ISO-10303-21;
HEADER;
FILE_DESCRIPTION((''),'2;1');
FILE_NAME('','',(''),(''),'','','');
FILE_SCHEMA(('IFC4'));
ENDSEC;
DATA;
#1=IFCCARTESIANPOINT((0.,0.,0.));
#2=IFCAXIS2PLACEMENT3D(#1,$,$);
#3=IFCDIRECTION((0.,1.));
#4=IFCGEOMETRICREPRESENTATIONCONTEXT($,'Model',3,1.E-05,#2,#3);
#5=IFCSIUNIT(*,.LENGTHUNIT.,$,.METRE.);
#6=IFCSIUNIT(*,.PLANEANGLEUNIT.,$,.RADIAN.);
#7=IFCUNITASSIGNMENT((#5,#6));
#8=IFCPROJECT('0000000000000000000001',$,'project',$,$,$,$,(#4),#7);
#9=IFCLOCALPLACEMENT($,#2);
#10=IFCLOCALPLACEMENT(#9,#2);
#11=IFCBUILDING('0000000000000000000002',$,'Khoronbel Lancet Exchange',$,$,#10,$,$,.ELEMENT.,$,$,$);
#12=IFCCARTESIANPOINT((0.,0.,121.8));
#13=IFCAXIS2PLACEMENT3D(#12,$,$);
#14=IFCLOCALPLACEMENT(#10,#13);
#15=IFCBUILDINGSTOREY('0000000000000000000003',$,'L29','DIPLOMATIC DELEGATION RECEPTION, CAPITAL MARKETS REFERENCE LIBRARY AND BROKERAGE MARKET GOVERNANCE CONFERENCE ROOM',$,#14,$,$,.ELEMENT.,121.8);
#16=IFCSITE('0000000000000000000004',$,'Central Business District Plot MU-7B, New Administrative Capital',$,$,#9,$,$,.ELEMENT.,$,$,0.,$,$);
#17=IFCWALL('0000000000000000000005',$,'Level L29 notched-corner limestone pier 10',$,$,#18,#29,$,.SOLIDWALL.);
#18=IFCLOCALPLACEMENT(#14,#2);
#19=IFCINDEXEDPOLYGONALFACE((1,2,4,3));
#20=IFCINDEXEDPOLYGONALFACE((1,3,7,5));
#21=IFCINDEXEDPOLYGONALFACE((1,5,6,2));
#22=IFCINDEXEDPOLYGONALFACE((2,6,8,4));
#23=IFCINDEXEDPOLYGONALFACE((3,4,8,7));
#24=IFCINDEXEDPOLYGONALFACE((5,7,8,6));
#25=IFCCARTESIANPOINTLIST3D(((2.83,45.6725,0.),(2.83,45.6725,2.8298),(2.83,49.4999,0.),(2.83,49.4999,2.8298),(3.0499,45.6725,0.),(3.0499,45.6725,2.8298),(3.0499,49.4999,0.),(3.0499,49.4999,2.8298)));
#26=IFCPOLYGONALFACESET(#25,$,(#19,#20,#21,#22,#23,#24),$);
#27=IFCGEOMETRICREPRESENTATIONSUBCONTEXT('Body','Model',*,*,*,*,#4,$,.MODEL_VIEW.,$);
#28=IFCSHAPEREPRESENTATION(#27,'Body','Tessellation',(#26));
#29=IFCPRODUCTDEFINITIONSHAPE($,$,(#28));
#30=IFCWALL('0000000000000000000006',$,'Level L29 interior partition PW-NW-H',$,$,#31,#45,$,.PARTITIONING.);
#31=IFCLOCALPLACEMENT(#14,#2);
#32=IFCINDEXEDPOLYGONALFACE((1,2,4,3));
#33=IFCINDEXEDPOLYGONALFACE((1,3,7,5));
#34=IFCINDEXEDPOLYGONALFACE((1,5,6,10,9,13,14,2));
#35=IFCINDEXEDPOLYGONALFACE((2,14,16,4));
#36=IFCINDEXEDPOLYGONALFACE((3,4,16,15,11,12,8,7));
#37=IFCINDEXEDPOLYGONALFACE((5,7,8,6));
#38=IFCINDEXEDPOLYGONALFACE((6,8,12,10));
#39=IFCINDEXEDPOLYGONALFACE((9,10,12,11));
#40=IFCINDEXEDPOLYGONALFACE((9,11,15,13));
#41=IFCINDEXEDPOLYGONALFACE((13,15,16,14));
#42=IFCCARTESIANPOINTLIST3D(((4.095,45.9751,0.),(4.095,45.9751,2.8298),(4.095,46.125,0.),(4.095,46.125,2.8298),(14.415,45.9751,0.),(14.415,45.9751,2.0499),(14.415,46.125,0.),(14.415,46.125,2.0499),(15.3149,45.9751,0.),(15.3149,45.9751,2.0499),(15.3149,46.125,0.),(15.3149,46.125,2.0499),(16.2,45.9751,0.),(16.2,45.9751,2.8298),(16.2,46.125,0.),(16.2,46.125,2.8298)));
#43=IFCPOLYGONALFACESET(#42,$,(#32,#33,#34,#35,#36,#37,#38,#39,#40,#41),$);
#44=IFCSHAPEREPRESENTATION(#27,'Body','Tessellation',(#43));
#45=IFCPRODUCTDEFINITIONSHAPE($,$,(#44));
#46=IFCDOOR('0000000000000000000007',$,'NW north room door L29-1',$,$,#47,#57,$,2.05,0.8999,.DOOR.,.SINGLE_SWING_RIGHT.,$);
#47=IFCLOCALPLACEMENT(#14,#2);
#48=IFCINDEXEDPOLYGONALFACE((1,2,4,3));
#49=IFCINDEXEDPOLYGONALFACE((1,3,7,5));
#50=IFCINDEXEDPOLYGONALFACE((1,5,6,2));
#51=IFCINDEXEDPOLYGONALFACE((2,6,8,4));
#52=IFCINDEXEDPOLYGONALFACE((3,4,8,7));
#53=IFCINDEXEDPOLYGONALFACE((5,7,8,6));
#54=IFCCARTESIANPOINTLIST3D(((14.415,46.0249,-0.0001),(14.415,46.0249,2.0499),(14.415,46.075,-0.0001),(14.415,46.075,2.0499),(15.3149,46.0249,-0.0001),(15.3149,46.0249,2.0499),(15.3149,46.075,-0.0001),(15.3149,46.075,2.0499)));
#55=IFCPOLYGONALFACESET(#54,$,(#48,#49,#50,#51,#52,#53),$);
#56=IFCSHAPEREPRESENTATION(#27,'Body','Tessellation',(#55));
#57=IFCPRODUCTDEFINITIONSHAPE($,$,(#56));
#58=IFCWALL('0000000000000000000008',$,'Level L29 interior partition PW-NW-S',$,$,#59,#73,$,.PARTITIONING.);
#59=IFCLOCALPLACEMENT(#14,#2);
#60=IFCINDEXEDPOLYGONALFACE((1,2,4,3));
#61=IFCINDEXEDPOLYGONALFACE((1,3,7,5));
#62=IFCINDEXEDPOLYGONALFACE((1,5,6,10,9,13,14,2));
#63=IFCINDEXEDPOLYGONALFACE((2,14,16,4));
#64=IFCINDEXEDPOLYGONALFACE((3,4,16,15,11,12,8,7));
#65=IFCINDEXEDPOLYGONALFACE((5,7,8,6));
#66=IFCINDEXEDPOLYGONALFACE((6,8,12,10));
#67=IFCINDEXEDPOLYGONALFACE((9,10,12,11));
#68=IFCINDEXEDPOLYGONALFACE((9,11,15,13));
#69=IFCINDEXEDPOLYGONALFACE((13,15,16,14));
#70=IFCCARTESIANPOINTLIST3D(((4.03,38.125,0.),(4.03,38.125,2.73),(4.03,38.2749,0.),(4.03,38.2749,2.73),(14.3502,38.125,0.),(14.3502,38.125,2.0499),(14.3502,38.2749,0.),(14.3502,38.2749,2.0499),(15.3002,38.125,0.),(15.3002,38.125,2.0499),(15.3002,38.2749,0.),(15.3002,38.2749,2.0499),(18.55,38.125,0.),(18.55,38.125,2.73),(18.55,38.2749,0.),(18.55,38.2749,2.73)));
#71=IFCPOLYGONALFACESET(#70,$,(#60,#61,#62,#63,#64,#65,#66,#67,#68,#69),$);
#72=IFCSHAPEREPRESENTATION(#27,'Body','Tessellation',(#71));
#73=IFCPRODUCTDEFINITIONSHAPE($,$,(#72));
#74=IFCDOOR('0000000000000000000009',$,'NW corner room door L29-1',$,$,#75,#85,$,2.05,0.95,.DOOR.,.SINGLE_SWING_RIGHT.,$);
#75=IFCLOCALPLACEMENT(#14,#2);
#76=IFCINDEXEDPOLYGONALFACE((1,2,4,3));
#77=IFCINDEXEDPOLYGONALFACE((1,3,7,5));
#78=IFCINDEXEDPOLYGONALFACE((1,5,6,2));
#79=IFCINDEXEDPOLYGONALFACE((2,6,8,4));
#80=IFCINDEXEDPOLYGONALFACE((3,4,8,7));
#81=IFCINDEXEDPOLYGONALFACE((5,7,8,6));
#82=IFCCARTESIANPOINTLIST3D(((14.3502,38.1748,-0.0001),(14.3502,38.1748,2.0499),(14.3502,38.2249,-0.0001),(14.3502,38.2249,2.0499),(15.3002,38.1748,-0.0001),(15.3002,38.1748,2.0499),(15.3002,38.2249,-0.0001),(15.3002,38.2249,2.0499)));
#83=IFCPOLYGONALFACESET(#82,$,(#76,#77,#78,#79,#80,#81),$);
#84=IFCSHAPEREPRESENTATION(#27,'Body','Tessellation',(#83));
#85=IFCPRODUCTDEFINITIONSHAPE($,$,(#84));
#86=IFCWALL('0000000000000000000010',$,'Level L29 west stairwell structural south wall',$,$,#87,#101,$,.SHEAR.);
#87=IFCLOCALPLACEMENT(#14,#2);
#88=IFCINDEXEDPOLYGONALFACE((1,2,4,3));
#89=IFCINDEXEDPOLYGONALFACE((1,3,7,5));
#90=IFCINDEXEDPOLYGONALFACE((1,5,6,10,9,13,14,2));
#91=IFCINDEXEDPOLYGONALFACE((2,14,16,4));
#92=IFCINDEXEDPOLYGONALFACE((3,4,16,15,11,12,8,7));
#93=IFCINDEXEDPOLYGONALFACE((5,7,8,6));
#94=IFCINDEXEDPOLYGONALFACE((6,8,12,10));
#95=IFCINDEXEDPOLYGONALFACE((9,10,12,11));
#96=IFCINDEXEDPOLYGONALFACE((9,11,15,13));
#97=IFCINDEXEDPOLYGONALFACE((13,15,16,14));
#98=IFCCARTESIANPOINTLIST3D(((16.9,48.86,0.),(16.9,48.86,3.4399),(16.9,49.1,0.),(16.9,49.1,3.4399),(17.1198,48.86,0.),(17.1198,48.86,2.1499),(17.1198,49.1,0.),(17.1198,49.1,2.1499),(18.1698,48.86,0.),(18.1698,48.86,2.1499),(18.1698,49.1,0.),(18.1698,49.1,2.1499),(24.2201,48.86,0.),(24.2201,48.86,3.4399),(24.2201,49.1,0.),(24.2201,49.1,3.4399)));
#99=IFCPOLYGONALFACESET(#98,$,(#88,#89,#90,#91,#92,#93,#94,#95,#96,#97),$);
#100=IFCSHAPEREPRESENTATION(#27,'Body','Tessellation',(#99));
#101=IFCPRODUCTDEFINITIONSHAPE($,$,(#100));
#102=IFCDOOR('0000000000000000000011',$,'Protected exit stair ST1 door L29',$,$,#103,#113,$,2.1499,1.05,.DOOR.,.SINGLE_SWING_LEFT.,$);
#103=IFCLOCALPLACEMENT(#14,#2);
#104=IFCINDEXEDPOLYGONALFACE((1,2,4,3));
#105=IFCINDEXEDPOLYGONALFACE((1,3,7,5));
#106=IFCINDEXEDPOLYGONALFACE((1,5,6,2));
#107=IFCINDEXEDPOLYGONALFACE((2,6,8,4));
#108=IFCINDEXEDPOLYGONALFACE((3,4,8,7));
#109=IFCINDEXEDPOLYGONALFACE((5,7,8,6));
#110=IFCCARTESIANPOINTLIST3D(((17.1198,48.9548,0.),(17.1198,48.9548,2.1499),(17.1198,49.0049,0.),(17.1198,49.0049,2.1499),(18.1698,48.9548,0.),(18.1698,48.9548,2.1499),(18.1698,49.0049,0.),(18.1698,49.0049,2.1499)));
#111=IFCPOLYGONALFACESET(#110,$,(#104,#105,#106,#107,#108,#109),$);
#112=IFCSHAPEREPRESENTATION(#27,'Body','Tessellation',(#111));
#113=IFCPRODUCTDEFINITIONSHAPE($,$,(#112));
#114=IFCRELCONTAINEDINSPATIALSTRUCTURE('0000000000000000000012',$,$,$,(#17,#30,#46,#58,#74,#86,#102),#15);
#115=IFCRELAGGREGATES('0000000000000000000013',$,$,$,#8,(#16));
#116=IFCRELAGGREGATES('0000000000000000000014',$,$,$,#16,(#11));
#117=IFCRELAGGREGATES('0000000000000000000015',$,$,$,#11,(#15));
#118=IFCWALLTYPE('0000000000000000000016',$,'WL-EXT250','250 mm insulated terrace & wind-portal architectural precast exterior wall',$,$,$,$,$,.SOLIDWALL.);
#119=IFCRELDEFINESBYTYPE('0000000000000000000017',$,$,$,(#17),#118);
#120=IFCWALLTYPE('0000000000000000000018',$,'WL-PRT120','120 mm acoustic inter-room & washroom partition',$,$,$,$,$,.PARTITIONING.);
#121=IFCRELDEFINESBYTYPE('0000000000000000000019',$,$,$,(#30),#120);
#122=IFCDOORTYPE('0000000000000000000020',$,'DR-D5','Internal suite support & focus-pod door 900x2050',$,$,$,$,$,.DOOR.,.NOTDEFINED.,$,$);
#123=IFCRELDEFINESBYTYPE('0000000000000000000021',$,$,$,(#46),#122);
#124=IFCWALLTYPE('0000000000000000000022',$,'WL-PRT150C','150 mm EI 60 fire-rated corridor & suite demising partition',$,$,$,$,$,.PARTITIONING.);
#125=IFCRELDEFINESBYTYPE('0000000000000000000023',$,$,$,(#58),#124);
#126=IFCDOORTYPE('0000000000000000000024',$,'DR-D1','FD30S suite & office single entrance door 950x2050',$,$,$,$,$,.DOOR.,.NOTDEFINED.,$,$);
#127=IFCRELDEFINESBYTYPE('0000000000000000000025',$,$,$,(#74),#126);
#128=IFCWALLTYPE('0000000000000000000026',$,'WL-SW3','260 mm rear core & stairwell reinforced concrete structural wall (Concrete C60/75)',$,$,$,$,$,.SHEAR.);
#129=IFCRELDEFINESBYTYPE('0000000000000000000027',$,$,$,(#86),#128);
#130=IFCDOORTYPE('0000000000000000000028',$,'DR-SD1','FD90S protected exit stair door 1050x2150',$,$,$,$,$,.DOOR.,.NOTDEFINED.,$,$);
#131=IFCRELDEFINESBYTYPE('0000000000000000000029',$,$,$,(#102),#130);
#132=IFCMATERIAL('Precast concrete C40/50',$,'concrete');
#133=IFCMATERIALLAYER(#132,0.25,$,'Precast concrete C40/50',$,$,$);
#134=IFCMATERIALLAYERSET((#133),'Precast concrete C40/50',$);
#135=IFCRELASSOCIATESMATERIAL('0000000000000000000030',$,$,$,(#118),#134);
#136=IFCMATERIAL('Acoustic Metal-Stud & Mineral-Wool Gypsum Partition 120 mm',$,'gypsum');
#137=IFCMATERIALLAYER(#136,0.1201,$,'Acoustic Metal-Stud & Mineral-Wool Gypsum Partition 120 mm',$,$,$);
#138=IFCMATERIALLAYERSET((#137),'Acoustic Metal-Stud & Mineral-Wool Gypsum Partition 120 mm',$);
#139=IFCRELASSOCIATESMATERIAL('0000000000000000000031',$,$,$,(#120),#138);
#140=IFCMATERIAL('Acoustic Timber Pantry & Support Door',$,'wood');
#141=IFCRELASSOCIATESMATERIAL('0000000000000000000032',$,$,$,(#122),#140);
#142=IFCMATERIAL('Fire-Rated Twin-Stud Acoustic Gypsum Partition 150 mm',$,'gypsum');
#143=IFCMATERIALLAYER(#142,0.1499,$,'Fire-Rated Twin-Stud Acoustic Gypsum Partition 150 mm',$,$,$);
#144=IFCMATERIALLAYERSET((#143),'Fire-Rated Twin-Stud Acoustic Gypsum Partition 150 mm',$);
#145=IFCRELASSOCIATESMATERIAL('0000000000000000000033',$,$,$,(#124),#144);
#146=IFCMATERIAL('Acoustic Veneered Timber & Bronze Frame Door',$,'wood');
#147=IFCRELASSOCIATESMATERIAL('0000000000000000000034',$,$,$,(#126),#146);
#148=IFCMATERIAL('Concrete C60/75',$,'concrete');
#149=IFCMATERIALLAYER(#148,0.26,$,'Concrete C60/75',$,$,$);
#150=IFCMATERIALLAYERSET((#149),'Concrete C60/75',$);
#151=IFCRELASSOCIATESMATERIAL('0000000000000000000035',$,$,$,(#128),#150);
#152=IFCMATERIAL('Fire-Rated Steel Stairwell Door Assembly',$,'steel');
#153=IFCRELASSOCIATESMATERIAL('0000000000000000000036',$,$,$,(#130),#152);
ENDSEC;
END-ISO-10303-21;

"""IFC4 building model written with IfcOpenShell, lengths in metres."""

from ifc_helpers import new_model, si_unit, direction, frame, frame_2d, origin, place, context, subcontext, project, spatial, rectangle, extrude, material, layer, layer_set, type_object, element, fill, save


model = new_model("IFC4")

# Units and contexts
model_context = context("Model", 3, precision=1e-05, world=origin(), true_north=direction((0.0, 1.0)))
body_context = subcontext(model_context, "Body", "Model", "MODEL_VIEW")
ifc_project = project(units=[si_unit("LENGTHUNIT", "METRE"), si_unit("PLANEANGLEUNIT", "RADIAN")], contexts=[model_context])

# Site, building, storey
site_placement = place(None, origin())
site = spatial("IfcSite", under=ifc_project, at=site_placement, Name="Central Business District Plot MU-7B, New Administrative Capital", CompositionType="ELEMENT", RefElevation=0.0)
building_placement = place(site_placement, origin())
building = spatial("IfcBuilding", under=site, at=building_placement, Name="Khoronbel Lancet Exchange", CompositionType="ELEMENT")
storey_placement = place(building_placement, frame((0.0, 0.0, 121.8)))
storey = spatial("IfcBuildingStorey", under=building, at=storey_placement, Name="L29", Description="DIPLOMATIC DELEGATION RECEPTION, CAPITAL MARKETS REFERENCE LIBRARY AND BROKERAGE MARKET GOVERNANCE CONFERENCE ROOM", CompositionType="ELEMENT", Elevation=121.8)

# Wall
ifc_material_1 = material(Name="Precast concrete C40/50", Category="concrete")
ifc_layer_1 = layer(ifc_material_1, 0.25, Name="Precast concrete C40/50")
ifc_layer_set_1 = layer_set([ifc_layer_1], Name="Precast concrete C40/50")
wall_type_1 = type_object("IfcWallType", Name="WL-EXT250", Description="250 mm insulated terrace & wind-portal architectural precast exterior wall", PredefinedType="SOLIDWALL", material=ifc_layer_set_1)
wall_1_placement = place(storey_placement, frame((2.9399, 45.6726, 0.0), z_axis=(0.0, 0.0, 1.0), x_axis=(0.0, 1.0, 0.0)))
element("IfcWall", 1, at=wall_1_placement, inside=storey, type_object=wall_type_1, Name="Level L29 notched-corner limestone pier 10", PredefinedType="SOLIDWALL", context=body_context, shape_type="SweptSolid", body=[
    extrude(rectangle(XDim=3.8274, YDim=0.22, at=frame_2d((1.9136, 0.0))), origin(), (0.0, 0.0, 1.0), 2.8298),
])

# Walls, openings, doors
ifc_material_2 = material(Name="Acoustic Metal-Stud & Mineral-Wool Gypsum Partition 120 mm", Category="gypsum")
ifc_layer_2 = layer(ifc_material_2, 0.1201, Name="Acoustic Metal-Stud & Mineral-Wool Gypsum Partition 120 mm")
ifc_layer_set_2 = layer_set([ifc_layer_2], Name="Acoustic Metal-Stud & Mineral-Wool Gypsum Partition 120 mm")
wall_type_2 = type_object("IfcWallType", Name="WL-PRT120", Description="120 mm acoustic inter-room & washroom partition", PredefinedType="PARTITIONING", material=ifc_layer_set_2)
wall_2_placement = place(storey_placement, frame((4.095, 46.05, 0.0), z_axis=(0.0, 0.0, 1.0), x_axis=(1.0, 0.0, 0.0)))
wall_2 = element("IfcWall", 2, at=wall_2_placement, inside=storey, type_object=wall_type_2, Name="Level L29 interior partition PW-NW-H", PredefinedType="PARTITIONING", context=body_context, shape_type="SweptSolid", body=[
    extrude(rectangle(XDim=12.105, YDim=0.1499, at=frame_2d((6.0525, 0.0))), origin(), (0.0, 0.0, 1.0), 2.8298),
])
opening_1_placement = place(wall_2_placement, frame((10.3201, 0.0, 0.0)))
opening_1 = element("IfcOpeningElement", 3, at=opening_1_placement, cuts=wall_2, PredefinedType="OPENING", context=body_context, shape_type="SweptSolid", body=[
    extrude(rectangle(XDim=0.8999, YDim=2.05, at=frame_2d((0.45, 1.0249))), frame((0.0, 0.085, 0.0), z_axis=(0.0, -1.0, 0.0), x_axis=(1.0, 0.0, 0.0)), (0.0, 0.0, 1.0), 0.1699),
])
ifc_material_3 = material(Name="Acoustic Timber Pantry & Support Door", Category="wood")
door_type_1 = type_object("IfcDoorType", Name="DR-D5", Description="Internal suite support & focus-pod door 900x2050", OperationType="NOTDEFINED", PredefinedType="DOOR", material=ifc_material_3)
door_1_placement = place(opening_1_placement, origin())
door_1 = element("IfcDoor", 4, at=door_1_placement, inside=storey, type_object=door_type_1, Name="NW north room door L29-1", OperationType="SINGLE_SWING_RIGHT", OverallHeight=2.05, OverallWidth=0.8999, PredefinedType="DOOR", context=body_context, shape_type="SweptSolid", body=[
    extrude(rectangle(XDim=0.8999, YDim=2.05, at=frame_2d((0.45, 1.0249))), frame((0.0, 0.0249, 0.0), z_axis=(0.0, -1.0, 0.0), x_axis=(1.0, 0.0, 0.0)), (0.0, 0.0, 1.0), 0.05),
])
fill(opening_1, door_1)
ifc_material_4 = material(Name="Fire-Rated Twin-Stud Acoustic Gypsum Partition 150 mm", Category="gypsum")
ifc_layer_3 = layer(ifc_material_4, 0.1499, Name="Fire-Rated Twin-Stud Acoustic Gypsum Partition 150 mm")
ifc_layer_set_3 = layer_set([ifc_layer_3], Name="Fire-Rated Twin-Stud Acoustic Gypsum Partition 150 mm")
wall_type_3 = type_object("IfcWallType", Name="WL-PRT150C", Description="150 mm EI 60 fire-rated corridor & suite demising partition", PredefinedType="PARTITIONING", material=ifc_layer_set_3)
wall_3_placement = place(storey_placement, frame((4.03, 38.2, 0.0), z_axis=(0.0, 0.0, 1.0), x_axis=(1.0, 0.0, 0.0)))
wall_3 = element("IfcWall", 5, at=wall_3_placement, inside=storey, type_object=wall_type_3, Name="Level L29 interior partition PW-NW-S", PredefinedType="PARTITIONING", context=body_context, shape_type="SweptSolid", body=[
    extrude(rectangle(XDim=14.52, YDim=0.1499, at=frame_2d((7.26, 0.0))), origin(), (0.0, 0.0, 1.0), 2.73),
])
opening_2_placement = place(wall_3_placement, frame((10.3201, 0.0, 0.0)))
opening_2 = element("IfcOpeningElement", 6, at=opening_2_placement, cuts=wall_3, PredefinedType="OPENING", context=body_context, shape_type="SweptSolid", body=[
    extrude(rectangle(XDim=0.95, YDim=2.05, at=frame_2d((0.4751, 1.0249))), frame((0.0, 0.085, 0.0), z_axis=(0.0, -1.0, 0.0), x_axis=(1.0, 0.0, 0.0)), (0.0, 0.0, 1.0), 0.1699),
])
ifc_material_5 = material(Name="Acoustic Veneered Timber & Bronze Frame Door", Category="wood")
door_type_2 = type_object("IfcDoorType", Name="DR-D1", Description="FD30S suite & office single entrance door 950x2050", OperationType="NOTDEFINED", PredefinedType="DOOR", material=ifc_material_5)
door_2_placement = place(opening_2_placement, origin())
door_2 = element("IfcDoor", 7, at=door_2_placement, inside=storey, type_object=door_type_2, Name="NW corner room door L29-1", OperationType="SINGLE_SWING_RIGHT", OverallHeight=2.05, OverallWidth=0.95, PredefinedType="DOOR", context=body_context, shape_type="SweptSolid", body=[
    extrude(rectangle(XDim=0.95, YDim=2.05, at=frame_2d((0.4751, 1.0249))), frame((0.0, 0.0249, 0.0), z_axis=(0.0, -1.0, 0.0), x_axis=(1.0, 0.0, 0.0)), (0.0, 0.0, 1.0), 0.05),
])
fill(opening_2, door_2)
ifc_material_6 = material(Name="Concrete C60/75", Category="concrete")
ifc_layer_4 = layer(ifc_material_6, 0.26, Name="Concrete C60/75")
ifc_layer_set_4 = layer_set([ifc_layer_4], Name="Concrete C60/75")
wall_type_4 = type_object("IfcWallType", Name="WL-SW3", Description="260 mm rear core & stairwell reinforced concrete structural wall (Concrete C60/75)", PredefinedType="SHEAR", material=ifc_layer_set_4)
wall_4_placement = place(storey_placement, frame((16.8999, 48.98, 0.0), z_axis=(0.0, 0.0, 1.0), x_axis=(1.0, 0.0, 0.0)))
wall_4 = element("IfcWall", 8, at=wall_4_placement, inside=storey, type_object=wall_type_4, Name="Level L29 west stairwell structural south wall", PredefinedType="SHEAR", context=body_context, shape_type="SweptSolid", body=[
    extrude(rectangle(XDim=7.3201, YDim=0.24, at=frame_2d((3.6602, 0.0))), origin(), (0.0, 0.0, 1.0), 3.4399),
])
opening_3_placement = place(wall_4_placement, frame((0.22, 0.0, 0.0)))
opening_3 = element("IfcOpeningElement", 9, at=opening_3_placement, cuts=wall_4, PredefinedType="OPENING", context=body_context, shape_type="SweptSolid", body=[
    extrude(rectangle(XDim=1.05, YDim=2.1499, at=frame_2d((0.5249, 1.075))), frame((0.0, 0.1299, 0.0), z_axis=(0.0, -1.0, 0.0), x_axis=(1.0, 0.0, 0.0)), (0.0, 0.0, 1.0), 0.26),
])
ifc_material_7 = material(Name="Fire-Rated Steel Stairwell Door Assembly", Category="steel")
door_type_3 = type_object("IfcDoorType", Name="DR-SD1", Description="FD90S protected exit stair door 1050x2150", OperationType="NOTDEFINED", PredefinedType="DOOR", material=ifc_material_7)
door_3_placement = place(opening_3_placement, origin())
door_3 = element("IfcDoor", 10, at=door_3_placement, inside=storey, type_object=door_type_3, Name="Protected exit stair ST1 door L29", OperationType="SINGLE_SWING_LEFT", OverallHeight=2.1499, OverallWidth=1.05, PredefinedType="DOOR", context=body_context, shape_type="SweptSolid", body=[
    extrude(rectangle(XDim=1.05, YDim=2.1499, at=frame_2d((0.5249, 1.075))), frame((0.0, 0.0249, 0.0), z_axis=(0.0, -1.0, 0.0), x_axis=(1.0, 0.0, 0.0)), (0.0, 0.0, 1.0), 0.05),
])
fill(opening_3, door_3)

save(model, "model.ifc")
